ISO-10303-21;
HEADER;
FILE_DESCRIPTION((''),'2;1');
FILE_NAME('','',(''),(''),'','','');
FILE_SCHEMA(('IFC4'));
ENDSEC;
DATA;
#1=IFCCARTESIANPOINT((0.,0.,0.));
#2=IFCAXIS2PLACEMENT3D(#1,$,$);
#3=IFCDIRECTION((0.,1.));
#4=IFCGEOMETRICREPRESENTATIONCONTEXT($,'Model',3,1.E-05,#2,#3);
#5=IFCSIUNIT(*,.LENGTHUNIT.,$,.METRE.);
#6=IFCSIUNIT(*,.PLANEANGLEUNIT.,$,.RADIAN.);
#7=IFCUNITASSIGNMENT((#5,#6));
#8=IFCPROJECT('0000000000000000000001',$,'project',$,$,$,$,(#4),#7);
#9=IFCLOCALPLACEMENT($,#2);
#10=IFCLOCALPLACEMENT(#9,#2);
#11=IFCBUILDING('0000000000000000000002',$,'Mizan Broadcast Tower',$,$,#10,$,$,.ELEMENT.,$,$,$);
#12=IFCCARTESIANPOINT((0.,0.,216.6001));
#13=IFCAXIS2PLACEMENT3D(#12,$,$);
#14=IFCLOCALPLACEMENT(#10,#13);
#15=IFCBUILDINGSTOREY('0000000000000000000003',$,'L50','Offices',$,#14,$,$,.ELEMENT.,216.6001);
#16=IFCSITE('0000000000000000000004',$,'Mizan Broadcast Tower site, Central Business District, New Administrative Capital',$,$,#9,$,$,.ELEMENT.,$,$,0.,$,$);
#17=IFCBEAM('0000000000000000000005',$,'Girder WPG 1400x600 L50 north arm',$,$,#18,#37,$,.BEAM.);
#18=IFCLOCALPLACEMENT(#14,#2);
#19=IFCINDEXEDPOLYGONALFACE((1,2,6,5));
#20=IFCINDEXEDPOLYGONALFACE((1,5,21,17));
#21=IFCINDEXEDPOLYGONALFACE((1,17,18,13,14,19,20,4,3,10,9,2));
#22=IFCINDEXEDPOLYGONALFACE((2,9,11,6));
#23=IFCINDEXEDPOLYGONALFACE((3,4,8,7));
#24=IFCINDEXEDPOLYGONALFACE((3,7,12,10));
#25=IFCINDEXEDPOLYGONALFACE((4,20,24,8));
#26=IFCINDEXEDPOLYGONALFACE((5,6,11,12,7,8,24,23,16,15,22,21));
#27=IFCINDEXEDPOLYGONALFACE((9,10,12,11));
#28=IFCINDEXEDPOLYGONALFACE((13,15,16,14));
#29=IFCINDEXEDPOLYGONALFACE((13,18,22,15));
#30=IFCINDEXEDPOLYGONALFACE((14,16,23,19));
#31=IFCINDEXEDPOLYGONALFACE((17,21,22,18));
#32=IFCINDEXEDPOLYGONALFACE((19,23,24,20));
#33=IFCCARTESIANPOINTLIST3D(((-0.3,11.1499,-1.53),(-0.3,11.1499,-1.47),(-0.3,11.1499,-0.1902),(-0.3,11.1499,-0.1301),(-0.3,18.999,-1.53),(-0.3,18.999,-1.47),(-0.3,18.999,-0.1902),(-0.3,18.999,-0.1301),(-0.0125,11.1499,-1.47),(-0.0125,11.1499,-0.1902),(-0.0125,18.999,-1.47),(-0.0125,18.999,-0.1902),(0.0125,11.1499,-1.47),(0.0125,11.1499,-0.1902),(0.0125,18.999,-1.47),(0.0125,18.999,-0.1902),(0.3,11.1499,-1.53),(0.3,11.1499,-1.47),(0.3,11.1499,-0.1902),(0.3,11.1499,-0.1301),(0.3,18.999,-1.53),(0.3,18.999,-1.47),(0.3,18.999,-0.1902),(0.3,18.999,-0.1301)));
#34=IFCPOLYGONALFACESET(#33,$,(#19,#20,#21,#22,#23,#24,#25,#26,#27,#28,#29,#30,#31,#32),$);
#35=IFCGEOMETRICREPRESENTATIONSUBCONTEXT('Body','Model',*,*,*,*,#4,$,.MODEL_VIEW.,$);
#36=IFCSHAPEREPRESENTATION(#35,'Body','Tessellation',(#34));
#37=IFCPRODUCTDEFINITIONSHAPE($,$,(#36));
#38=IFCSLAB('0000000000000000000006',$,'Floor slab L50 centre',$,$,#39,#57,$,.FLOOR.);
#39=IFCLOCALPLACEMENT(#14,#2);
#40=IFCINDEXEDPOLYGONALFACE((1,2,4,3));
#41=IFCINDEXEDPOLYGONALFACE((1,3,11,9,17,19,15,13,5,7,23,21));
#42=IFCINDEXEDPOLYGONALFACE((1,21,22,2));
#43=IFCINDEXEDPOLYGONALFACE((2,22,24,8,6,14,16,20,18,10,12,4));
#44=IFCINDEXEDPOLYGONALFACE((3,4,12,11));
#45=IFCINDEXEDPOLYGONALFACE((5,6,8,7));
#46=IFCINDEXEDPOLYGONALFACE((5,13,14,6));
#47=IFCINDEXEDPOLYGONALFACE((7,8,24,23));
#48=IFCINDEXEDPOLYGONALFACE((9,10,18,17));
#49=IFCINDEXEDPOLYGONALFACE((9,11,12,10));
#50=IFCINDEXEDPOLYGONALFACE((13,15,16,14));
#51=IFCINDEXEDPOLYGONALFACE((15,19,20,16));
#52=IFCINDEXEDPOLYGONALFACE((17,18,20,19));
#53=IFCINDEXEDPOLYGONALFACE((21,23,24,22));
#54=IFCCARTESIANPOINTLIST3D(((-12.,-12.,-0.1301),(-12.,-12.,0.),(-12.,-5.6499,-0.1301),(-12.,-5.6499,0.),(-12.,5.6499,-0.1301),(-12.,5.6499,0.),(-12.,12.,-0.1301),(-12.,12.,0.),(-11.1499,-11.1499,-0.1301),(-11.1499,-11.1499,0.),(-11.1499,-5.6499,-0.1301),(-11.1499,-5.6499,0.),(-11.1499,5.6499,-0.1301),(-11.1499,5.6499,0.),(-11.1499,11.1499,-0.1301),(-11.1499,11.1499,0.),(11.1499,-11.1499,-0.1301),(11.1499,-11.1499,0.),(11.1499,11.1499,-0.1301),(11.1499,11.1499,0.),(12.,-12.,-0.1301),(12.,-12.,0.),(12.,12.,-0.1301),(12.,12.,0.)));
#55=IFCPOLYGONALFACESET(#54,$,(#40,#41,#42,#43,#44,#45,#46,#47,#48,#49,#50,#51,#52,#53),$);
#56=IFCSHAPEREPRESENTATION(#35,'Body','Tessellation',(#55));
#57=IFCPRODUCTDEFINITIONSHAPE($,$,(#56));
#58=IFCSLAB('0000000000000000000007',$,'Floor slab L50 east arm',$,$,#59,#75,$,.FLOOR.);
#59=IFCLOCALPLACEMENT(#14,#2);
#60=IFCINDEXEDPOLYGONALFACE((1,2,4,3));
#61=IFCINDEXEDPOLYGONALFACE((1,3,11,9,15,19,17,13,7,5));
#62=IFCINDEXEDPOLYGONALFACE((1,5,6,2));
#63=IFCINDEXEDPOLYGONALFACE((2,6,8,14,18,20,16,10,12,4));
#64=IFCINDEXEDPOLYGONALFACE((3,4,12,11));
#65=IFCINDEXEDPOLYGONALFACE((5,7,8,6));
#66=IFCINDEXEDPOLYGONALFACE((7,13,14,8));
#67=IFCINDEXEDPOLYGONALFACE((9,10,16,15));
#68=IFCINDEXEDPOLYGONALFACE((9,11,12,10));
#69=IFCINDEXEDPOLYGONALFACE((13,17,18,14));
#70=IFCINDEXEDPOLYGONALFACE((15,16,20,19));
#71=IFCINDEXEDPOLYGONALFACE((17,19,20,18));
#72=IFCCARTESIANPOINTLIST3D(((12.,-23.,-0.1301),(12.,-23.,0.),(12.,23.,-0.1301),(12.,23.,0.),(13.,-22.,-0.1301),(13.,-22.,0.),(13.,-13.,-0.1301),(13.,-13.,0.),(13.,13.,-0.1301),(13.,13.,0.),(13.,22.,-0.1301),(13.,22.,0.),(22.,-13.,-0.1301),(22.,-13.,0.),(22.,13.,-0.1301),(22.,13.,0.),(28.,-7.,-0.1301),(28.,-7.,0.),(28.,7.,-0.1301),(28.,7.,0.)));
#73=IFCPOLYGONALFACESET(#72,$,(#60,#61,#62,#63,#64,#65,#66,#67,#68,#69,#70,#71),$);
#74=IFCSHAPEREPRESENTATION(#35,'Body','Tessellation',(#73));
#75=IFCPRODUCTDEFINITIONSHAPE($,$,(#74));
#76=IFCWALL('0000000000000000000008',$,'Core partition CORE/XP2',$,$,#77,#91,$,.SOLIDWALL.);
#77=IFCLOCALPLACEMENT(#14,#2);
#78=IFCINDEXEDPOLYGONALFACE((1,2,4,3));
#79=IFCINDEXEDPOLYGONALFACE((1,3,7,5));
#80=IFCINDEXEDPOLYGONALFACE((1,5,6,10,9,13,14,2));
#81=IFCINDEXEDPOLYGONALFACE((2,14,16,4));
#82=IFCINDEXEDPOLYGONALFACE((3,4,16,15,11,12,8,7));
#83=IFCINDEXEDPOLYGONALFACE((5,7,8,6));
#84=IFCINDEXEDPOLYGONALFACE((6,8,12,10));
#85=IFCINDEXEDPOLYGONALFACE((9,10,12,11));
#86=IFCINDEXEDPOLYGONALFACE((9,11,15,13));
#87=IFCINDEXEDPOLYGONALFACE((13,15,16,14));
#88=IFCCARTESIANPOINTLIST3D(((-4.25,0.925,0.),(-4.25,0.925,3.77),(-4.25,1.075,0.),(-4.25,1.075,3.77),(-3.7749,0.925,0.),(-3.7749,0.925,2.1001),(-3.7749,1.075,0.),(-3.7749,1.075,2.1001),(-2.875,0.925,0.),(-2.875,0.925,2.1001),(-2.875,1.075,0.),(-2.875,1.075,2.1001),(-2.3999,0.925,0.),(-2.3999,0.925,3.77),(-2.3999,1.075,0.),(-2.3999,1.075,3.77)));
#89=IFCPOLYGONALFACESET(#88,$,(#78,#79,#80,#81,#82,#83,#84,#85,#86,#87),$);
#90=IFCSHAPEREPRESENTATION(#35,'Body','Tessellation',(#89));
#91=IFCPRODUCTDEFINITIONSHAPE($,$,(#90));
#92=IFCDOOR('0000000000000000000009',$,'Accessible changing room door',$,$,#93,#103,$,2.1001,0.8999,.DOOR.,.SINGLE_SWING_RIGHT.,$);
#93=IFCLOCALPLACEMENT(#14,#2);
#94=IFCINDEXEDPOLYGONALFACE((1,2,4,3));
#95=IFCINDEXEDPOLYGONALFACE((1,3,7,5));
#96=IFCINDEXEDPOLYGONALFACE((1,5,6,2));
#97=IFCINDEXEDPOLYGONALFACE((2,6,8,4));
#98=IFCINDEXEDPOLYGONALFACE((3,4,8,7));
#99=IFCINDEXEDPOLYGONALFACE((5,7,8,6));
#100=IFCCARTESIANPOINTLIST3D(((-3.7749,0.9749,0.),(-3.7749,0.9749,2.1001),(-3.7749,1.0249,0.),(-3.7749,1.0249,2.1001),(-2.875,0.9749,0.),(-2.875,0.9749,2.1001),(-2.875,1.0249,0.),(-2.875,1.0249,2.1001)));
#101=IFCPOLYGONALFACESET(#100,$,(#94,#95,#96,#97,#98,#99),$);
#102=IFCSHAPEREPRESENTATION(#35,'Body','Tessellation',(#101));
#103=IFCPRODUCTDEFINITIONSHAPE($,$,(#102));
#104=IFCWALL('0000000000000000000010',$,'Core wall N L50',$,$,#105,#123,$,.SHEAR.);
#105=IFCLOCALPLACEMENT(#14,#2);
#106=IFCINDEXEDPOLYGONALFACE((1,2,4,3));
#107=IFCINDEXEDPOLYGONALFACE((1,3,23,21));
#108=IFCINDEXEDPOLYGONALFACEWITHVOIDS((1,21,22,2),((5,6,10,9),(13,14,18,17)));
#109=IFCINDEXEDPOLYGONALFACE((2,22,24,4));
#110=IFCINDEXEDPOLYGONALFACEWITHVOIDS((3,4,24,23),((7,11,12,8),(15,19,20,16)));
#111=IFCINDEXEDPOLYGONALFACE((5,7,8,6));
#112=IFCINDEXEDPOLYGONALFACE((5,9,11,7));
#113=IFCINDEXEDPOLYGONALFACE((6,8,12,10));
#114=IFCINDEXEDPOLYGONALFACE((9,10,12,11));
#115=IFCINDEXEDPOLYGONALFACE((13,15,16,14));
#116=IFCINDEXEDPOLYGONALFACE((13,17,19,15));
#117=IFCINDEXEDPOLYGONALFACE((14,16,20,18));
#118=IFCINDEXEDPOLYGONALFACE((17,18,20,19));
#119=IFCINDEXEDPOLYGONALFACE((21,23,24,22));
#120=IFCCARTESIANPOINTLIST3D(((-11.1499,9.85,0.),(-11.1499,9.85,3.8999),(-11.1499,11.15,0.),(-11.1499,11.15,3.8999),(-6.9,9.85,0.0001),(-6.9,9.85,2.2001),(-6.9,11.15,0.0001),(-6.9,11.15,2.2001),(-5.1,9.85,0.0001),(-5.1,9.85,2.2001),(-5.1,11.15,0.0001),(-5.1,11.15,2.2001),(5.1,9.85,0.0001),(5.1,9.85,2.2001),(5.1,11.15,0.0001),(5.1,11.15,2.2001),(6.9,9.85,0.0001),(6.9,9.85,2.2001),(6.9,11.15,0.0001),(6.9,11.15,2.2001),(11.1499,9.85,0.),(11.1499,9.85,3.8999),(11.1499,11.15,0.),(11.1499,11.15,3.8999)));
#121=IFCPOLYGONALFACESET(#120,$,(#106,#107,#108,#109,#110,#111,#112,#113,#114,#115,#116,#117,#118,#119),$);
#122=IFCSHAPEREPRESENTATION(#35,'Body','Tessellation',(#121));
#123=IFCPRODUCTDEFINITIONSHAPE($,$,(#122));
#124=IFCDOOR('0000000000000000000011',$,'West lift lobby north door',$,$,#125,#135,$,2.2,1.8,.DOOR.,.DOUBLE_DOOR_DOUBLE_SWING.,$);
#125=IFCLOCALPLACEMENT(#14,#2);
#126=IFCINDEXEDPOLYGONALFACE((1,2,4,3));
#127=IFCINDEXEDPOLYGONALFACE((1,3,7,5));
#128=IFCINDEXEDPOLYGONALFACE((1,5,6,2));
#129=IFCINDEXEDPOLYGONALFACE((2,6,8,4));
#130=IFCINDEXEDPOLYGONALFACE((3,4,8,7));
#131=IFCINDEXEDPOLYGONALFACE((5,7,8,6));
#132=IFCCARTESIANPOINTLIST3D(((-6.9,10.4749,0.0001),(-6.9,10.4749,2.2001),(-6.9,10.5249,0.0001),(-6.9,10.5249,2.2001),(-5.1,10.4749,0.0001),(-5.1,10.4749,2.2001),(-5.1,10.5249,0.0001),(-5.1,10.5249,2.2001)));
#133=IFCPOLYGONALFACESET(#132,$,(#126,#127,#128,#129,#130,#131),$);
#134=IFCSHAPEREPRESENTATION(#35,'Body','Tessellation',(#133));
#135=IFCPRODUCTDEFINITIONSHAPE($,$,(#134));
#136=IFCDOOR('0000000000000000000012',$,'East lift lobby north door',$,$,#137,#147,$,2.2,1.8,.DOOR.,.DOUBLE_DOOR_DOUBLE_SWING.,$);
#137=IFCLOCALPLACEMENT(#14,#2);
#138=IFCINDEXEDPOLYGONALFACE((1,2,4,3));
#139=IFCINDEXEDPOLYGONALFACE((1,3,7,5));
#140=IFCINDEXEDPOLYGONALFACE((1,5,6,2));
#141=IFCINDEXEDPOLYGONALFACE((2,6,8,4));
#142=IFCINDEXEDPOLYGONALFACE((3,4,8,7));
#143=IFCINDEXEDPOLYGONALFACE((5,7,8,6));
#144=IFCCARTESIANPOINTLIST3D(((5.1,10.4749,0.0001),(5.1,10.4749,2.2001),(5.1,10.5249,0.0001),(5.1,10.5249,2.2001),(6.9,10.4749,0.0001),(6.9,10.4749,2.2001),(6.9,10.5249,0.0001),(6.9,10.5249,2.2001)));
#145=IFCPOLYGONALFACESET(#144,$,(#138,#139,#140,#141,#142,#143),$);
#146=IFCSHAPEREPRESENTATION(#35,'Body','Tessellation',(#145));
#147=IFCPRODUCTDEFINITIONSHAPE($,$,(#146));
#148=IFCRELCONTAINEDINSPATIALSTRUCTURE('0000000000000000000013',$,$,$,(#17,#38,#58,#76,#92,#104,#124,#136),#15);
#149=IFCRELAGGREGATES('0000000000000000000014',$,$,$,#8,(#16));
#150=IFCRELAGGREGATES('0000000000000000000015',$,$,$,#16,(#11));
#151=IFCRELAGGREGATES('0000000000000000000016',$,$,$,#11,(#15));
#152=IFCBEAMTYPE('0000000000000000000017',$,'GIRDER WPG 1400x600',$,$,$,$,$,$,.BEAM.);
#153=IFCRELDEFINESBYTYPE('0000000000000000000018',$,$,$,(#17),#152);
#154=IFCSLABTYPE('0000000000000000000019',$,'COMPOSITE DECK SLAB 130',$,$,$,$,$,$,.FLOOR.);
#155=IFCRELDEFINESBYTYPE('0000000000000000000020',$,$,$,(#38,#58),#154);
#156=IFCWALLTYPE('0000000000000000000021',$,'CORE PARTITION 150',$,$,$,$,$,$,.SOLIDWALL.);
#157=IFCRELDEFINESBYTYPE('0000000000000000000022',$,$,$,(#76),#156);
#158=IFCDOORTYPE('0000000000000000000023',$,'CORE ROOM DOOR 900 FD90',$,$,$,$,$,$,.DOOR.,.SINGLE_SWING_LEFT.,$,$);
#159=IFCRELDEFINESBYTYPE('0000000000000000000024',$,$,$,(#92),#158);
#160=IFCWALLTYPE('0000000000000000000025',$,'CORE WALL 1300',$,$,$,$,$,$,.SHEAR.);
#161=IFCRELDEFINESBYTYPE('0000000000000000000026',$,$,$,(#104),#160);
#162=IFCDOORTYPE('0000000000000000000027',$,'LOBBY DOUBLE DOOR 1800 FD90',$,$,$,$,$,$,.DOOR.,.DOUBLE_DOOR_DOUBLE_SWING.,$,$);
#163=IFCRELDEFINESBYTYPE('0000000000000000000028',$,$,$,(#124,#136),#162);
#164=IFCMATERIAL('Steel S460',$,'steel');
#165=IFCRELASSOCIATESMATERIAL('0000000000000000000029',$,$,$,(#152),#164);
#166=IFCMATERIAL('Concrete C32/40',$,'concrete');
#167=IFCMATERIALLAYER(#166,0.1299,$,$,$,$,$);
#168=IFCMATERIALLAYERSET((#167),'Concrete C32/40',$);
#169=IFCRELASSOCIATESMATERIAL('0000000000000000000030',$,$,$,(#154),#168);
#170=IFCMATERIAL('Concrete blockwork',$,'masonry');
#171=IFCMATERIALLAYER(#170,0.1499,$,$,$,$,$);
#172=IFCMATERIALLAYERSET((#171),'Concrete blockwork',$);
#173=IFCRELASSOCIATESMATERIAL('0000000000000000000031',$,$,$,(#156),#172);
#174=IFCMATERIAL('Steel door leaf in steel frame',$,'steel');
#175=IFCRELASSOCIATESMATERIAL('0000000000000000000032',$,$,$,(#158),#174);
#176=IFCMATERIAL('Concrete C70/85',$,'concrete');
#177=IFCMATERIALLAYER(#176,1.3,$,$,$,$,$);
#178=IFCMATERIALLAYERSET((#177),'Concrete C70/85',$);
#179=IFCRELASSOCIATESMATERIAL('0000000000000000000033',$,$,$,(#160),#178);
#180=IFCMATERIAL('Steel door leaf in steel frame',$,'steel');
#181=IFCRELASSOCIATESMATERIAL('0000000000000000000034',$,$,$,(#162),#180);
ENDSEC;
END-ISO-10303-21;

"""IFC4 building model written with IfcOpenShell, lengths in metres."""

from ifc_helpers import new_model, si_unit, direction, frame, frame_2d, origin, origin_2d, place, context, subcontext, project, spatial, polyline, rectangle, i_section, outline, extrude, material, layer, layer_set, material_profile, profile_set, type_object, element, fill, save


model = new_model("IFC4")

# Units and contexts
model_context = context("Model", 3, precision=1e-05, world=origin(), true_north=direction((0.0, 1.0)))
body_context = subcontext(model_context, "Body", "Model", "MODEL_VIEW")
ifc_project = project(units=[si_unit("LENGTHUNIT", "METRE"), si_unit("PLANEANGLEUNIT", "RADIAN")], contexts=[model_context])

# Site, building, storey
site_placement = place(None, origin())
site = spatial("IfcSite", under=ifc_project, at=site_placement, Name="Mizan Broadcast Tower site, Central Business District, New Administrative Capital", CompositionType="ELEMENT", RefElevation=0.0)
building_placement = place(site_placement, origin())
building = spatial("IfcBuilding", under=site, at=building_placement, Name="Mizan Broadcast Tower", CompositionType="ELEMENT")
storey_placement = place(building_placement, frame((0.0, 0.0, 216.6001)))
storey = spatial("IfcBuildingStorey", under=building, at=storey_placement, Name="L50", Description="Offices", CompositionType="ELEMENT", Elevation=216.6001)

# Beam
ifc_material_1 = material(Name="Steel S460", Category="steel")
ifc_material_profile = material_profile(ifc_material_1, i_section(OverallWidth=0.6001, OverallDepth=1.3999, WebThickness=0.0249, FlangeThickness=0.0601, at=origin_2d()), Name="WPG 1400x600")
ifc_profile_set = profile_set([ifc_material_profile], Name="Steel S460")
beam_type = type_object("IfcBeamType", Name="GIRDER WPG 1400x600", PredefinedType="BEAM", material=ifc_profile_set)
beam_placement = place(storey_placement, frame((0.0, 11.1499, -0.8301), z_axis=(0.0, 1.0, 0.0), x_axis=(-1.0, 0.0, 0.0)))
element("IfcBeam", 1, at=beam_placement, inside=storey, type_object=beam_type, Name="Girder WPG 1400x600 L50 north arm", PredefinedType="BEAM", context=body_context, shape_type="SweptSolid", body=[
    extrude(i_section(OverallWidth=0.6001, OverallDepth=1.3999, WebThickness=0.0249, FlangeThickness=0.0601, at=origin_2d()), origin(), (0.0, 0.0, 1.0), 7.8491),
])

# Slabs
ifc_material_2 = material(Name="Concrete C32/40", Category="concrete")
ifc_layer_1 = layer(ifc_material_2, 0.1299)
ifc_layer_set_1 = layer_set([ifc_layer_1], Name="Concrete C32/40")
slab_type = type_object("IfcSlabType", Name="COMPOSITE DECK SLAB 130", PredefinedType="FLOOR", material=ifc_layer_set_1)
slab_1_placement = place(storey_placement, frame((0.0, 0.0, -0.1301)))
element("IfcSlab", 2, at=slab_1_placement, inside=storey, type_object=slab_type, Name="Floor slab L50 centre", PredefinedType="FLOOR", context=body_context, shape_type="SweptSolid", body=[
    extrude(outline(polyline([(-11.1499, -5.6499), (-12.0, -5.6499), (-12.0, -12.0), (12.0, -12.0), (12.0, 12.0), (-12.0, 12.0), (-12.0, 5.6499), (-11.1499, 5.6499), (-11.1499, 11.1499), (11.1499, 11.1499), (11.1499, -11.1499), (-11.1499, -11.1499), (-11.1499, -5.6499)])), origin(), (0.0, 0.0, 1.0), 0.1301),
])
slab_2_placement = place(storey_placement, frame((0.0, 0.0, -0.1301)))
element("IfcSlab", 3, at=slab_2_placement, inside=storey, type_object=slab_type, Name="Floor slab L50 east arm", PredefinedType="FLOOR", context=body_context, shape_type="SweptSolid", body=[
    extrude(outline(polyline([(13.0, 22.0), (12.0, 23.0), (12.0, -23.0), (13.0, -22.0), (13.0, -13.0), (22.0, -13.0), (28.0, -7.0), (28.0, 7.0), (22.0, 13.0), (13.0, 13.0), (13.0, 22.0)])), origin(), (0.0, 0.0, 1.0), 0.1301),
])

# Wall, opening, door
ifc_material_3 = material(Name="Concrete blockwork", Category="masonry")
ifc_layer_2 = layer(ifc_material_3, 0.1499)
ifc_layer_set_2 = layer_set([ifc_layer_2], Name="Concrete blockwork")
wall_type_1 = type_object("IfcWallType", Name="CORE PARTITION 150", PredefinedType="SOLIDWALL", material=ifc_layer_set_2)
wall_1_placement = place(storey_placement, frame((-4.25, 1.0, 0.0), z_axis=(0.0, 0.0, 1.0), x_axis=(1.0, 0.0, 0.0)))
wall_1 = element("IfcWall", 4, at=wall_1_placement, inside=storey, type_object=wall_type_1, Name="Core partition CORE/XP2", PredefinedType="SOLIDWALL", context=body_context, shape_type="SweptSolid", body=[
    extrude(rectangle(XDim=1.8501, YDim=0.1499, at=frame_2d((0.925, 0.0))), origin(), (0.0, 0.0, 1.0), 3.77),
])
opening_1_placement = place(wall_1_placement, frame((0.4751, 0.0, 0.0)))
opening_1 = element("IfcOpeningElement", 5, at=opening_1_placement, cuts=wall_1, PredefinedType="OPENING", context=body_context, shape_type="SweptSolid", body=[
    extrude(rectangle(XDim=0.8999, YDim=2.1001, at=frame_2d((0.45, 1.05))), frame((0.0, 0.085, 0.0), z_axis=(0.0, -1.0, 0.0), x_axis=(1.0, 0.0, 0.0)), (0.0, 0.0, 1.0), 0.1699),
])
ifc_material_4 = material(Name="Steel door leaf in steel frame", Category="steel")
door_type_1 = type_object("IfcDoorType", Name="CORE ROOM DOOR 900 FD90", OperationType="SINGLE_SWING_LEFT", PredefinedType="DOOR", material=ifc_material_4)
door_1_placement = place(opening_1_placement, origin())
door_1 = element("IfcDoor", 6, at=door_1_placement, inside=storey, type_object=door_type_1, Name="Accessible changing room door", OperationType="SINGLE_SWING_RIGHT", OverallHeight=2.1001, OverallWidth=0.8999, PredefinedType="DOOR", context=body_context, shape_type="SweptSolid", body=[
    extrude(rectangle(XDim=0.8999, YDim=2.1001, at=frame_2d((0.45, 1.05))), frame((0.0, 0.0249, 0.0), z_axis=(0.0, -1.0, 0.0), x_axis=(1.0, 0.0, 0.0)), (0.0, 0.0, 1.0), 0.05),
])
fill(opening_1, door_1)

# Wall, openings, doors
ifc_material_5 = material(Name="Concrete C70/85", Category="concrete")
ifc_layer_3 = layer(ifc_material_5, 1.3)
ifc_layer_set_3 = layer_set([ifc_layer_3], Name="Concrete C70/85")
wall_type_2 = type_object("IfcWallType", Name="CORE WALL 1300", PredefinedType="SHEAR", material=ifc_layer_set_3)
wall_2_placement = place(storey_placement, frame((-11.1499, 10.5, 0.0), z_axis=(0.0, 0.0, 1.0), x_axis=(1.0, 0.0, 0.0)))
wall_2 = element("IfcWall", 7, at=wall_2_placement, inside=storey, type_object=wall_type_2, Name="Core wall N L50", PredefinedType="SHEAR", context=body_context, shape_type="SweptSolid", body=[
    extrude(rectangle(XDim=22.2998, YDim=1.3, at=frame_2d((11.1499, 0.0))), origin(), (0.0, 0.0, 1.0), 3.8999),
])
opening_2_placement = place(wall_2_placement, frame((4.25, 0.0, 0.0)))
opening_2 = element("IfcOpeningElement", 8, at=opening_2_placement, cuts=wall_2, PredefinedType="OPENING", context=body_context, shape_type="SweptSolid", body=[
    extrude(rectangle(XDim=1.8, YDim=2.2, at=frame_2d((0.8999, 1.1001))), frame((0.0, 0.6599, 0.0), z_axis=(0.0, -1.0, 0.0), x_axis=(1.0, 0.0, 0.0)), (0.0, 0.0, 1.0), 1.3201),
])
opening_3_placement = place(wall_2_placement, frame((16.25, 0.0, 0.0)))
opening_3 = element("IfcOpeningElement", 9, at=opening_3_placement, cuts=wall_2, PredefinedType="OPENING", context=body_context, shape_type="SweptSolid", body=[
    extrude(rectangle(XDim=1.8, YDim=2.2, at=frame_2d((0.8999, 1.1001))), frame((0.0, 0.6599, 0.0), z_axis=(0.0, -1.0, 0.0), x_axis=(1.0, 0.0, 0.0)), (0.0, 0.0, 1.0), 1.3201),
])
ifc_material_6 = material(Name="Steel door leaf in steel frame", Category="steel")
door_type_2 = type_object("IfcDoorType", Name="LOBBY DOUBLE DOOR 1800 FD90", OperationType="DOUBLE_DOOR_DOUBLE_SWING", PredefinedType="DOOR", material=ifc_material_6)
door_2_placement = place(opening_2_placement, origin())
door_2 = element("IfcDoor", 10, at=door_2_placement, inside=storey, type_object=door_type_2, Name="West lift lobby north door", OperationType="DOUBLE_DOOR_DOUBLE_SWING", OverallHeight=2.2, OverallWidth=1.8, PredefinedType="DOOR", context=body_context, shape_type="SweptSolid", body=[
    extrude(rectangle(XDim=1.8, YDim=2.2, at=frame_2d((0.8999, 1.1001))), frame((0.0, 0.0249, 0.0), z_axis=(0.0, -1.0, 0.0), x_axis=(1.0, 0.0, 0.0)), (0.0, 0.0, 1.0), 0.05),
])
fill(opening_2, door_2)
door_3_placement = place(opening_3_placement, origin())
door_3 = element("IfcDoor", 11, at=door_3_placement, inside=storey, type_object=door_type_2, Name="East lift lobby north door", OperationType="DOUBLE_DOOR_DOUBLE_SWING", OverallHeight=2.2, OverallWidth=1.8, PredefinedType="DOOR", context=body_context, shape_type="SweptSolid", body=[
    extrude(rectangle(XDim=1.8, YDim=2.2, at=frame_2d((0.8999, 1.1001))), frame((0.0, 0.0249, 0.0), z_axis=(0.0, -1.0, 0.0), x_axis=(1.0, 0.0, 0.0)), (0.0, 0.0, 1.0), 0.05),
])
fill(opening_3, door_3)

save(model, "model.ifc")
